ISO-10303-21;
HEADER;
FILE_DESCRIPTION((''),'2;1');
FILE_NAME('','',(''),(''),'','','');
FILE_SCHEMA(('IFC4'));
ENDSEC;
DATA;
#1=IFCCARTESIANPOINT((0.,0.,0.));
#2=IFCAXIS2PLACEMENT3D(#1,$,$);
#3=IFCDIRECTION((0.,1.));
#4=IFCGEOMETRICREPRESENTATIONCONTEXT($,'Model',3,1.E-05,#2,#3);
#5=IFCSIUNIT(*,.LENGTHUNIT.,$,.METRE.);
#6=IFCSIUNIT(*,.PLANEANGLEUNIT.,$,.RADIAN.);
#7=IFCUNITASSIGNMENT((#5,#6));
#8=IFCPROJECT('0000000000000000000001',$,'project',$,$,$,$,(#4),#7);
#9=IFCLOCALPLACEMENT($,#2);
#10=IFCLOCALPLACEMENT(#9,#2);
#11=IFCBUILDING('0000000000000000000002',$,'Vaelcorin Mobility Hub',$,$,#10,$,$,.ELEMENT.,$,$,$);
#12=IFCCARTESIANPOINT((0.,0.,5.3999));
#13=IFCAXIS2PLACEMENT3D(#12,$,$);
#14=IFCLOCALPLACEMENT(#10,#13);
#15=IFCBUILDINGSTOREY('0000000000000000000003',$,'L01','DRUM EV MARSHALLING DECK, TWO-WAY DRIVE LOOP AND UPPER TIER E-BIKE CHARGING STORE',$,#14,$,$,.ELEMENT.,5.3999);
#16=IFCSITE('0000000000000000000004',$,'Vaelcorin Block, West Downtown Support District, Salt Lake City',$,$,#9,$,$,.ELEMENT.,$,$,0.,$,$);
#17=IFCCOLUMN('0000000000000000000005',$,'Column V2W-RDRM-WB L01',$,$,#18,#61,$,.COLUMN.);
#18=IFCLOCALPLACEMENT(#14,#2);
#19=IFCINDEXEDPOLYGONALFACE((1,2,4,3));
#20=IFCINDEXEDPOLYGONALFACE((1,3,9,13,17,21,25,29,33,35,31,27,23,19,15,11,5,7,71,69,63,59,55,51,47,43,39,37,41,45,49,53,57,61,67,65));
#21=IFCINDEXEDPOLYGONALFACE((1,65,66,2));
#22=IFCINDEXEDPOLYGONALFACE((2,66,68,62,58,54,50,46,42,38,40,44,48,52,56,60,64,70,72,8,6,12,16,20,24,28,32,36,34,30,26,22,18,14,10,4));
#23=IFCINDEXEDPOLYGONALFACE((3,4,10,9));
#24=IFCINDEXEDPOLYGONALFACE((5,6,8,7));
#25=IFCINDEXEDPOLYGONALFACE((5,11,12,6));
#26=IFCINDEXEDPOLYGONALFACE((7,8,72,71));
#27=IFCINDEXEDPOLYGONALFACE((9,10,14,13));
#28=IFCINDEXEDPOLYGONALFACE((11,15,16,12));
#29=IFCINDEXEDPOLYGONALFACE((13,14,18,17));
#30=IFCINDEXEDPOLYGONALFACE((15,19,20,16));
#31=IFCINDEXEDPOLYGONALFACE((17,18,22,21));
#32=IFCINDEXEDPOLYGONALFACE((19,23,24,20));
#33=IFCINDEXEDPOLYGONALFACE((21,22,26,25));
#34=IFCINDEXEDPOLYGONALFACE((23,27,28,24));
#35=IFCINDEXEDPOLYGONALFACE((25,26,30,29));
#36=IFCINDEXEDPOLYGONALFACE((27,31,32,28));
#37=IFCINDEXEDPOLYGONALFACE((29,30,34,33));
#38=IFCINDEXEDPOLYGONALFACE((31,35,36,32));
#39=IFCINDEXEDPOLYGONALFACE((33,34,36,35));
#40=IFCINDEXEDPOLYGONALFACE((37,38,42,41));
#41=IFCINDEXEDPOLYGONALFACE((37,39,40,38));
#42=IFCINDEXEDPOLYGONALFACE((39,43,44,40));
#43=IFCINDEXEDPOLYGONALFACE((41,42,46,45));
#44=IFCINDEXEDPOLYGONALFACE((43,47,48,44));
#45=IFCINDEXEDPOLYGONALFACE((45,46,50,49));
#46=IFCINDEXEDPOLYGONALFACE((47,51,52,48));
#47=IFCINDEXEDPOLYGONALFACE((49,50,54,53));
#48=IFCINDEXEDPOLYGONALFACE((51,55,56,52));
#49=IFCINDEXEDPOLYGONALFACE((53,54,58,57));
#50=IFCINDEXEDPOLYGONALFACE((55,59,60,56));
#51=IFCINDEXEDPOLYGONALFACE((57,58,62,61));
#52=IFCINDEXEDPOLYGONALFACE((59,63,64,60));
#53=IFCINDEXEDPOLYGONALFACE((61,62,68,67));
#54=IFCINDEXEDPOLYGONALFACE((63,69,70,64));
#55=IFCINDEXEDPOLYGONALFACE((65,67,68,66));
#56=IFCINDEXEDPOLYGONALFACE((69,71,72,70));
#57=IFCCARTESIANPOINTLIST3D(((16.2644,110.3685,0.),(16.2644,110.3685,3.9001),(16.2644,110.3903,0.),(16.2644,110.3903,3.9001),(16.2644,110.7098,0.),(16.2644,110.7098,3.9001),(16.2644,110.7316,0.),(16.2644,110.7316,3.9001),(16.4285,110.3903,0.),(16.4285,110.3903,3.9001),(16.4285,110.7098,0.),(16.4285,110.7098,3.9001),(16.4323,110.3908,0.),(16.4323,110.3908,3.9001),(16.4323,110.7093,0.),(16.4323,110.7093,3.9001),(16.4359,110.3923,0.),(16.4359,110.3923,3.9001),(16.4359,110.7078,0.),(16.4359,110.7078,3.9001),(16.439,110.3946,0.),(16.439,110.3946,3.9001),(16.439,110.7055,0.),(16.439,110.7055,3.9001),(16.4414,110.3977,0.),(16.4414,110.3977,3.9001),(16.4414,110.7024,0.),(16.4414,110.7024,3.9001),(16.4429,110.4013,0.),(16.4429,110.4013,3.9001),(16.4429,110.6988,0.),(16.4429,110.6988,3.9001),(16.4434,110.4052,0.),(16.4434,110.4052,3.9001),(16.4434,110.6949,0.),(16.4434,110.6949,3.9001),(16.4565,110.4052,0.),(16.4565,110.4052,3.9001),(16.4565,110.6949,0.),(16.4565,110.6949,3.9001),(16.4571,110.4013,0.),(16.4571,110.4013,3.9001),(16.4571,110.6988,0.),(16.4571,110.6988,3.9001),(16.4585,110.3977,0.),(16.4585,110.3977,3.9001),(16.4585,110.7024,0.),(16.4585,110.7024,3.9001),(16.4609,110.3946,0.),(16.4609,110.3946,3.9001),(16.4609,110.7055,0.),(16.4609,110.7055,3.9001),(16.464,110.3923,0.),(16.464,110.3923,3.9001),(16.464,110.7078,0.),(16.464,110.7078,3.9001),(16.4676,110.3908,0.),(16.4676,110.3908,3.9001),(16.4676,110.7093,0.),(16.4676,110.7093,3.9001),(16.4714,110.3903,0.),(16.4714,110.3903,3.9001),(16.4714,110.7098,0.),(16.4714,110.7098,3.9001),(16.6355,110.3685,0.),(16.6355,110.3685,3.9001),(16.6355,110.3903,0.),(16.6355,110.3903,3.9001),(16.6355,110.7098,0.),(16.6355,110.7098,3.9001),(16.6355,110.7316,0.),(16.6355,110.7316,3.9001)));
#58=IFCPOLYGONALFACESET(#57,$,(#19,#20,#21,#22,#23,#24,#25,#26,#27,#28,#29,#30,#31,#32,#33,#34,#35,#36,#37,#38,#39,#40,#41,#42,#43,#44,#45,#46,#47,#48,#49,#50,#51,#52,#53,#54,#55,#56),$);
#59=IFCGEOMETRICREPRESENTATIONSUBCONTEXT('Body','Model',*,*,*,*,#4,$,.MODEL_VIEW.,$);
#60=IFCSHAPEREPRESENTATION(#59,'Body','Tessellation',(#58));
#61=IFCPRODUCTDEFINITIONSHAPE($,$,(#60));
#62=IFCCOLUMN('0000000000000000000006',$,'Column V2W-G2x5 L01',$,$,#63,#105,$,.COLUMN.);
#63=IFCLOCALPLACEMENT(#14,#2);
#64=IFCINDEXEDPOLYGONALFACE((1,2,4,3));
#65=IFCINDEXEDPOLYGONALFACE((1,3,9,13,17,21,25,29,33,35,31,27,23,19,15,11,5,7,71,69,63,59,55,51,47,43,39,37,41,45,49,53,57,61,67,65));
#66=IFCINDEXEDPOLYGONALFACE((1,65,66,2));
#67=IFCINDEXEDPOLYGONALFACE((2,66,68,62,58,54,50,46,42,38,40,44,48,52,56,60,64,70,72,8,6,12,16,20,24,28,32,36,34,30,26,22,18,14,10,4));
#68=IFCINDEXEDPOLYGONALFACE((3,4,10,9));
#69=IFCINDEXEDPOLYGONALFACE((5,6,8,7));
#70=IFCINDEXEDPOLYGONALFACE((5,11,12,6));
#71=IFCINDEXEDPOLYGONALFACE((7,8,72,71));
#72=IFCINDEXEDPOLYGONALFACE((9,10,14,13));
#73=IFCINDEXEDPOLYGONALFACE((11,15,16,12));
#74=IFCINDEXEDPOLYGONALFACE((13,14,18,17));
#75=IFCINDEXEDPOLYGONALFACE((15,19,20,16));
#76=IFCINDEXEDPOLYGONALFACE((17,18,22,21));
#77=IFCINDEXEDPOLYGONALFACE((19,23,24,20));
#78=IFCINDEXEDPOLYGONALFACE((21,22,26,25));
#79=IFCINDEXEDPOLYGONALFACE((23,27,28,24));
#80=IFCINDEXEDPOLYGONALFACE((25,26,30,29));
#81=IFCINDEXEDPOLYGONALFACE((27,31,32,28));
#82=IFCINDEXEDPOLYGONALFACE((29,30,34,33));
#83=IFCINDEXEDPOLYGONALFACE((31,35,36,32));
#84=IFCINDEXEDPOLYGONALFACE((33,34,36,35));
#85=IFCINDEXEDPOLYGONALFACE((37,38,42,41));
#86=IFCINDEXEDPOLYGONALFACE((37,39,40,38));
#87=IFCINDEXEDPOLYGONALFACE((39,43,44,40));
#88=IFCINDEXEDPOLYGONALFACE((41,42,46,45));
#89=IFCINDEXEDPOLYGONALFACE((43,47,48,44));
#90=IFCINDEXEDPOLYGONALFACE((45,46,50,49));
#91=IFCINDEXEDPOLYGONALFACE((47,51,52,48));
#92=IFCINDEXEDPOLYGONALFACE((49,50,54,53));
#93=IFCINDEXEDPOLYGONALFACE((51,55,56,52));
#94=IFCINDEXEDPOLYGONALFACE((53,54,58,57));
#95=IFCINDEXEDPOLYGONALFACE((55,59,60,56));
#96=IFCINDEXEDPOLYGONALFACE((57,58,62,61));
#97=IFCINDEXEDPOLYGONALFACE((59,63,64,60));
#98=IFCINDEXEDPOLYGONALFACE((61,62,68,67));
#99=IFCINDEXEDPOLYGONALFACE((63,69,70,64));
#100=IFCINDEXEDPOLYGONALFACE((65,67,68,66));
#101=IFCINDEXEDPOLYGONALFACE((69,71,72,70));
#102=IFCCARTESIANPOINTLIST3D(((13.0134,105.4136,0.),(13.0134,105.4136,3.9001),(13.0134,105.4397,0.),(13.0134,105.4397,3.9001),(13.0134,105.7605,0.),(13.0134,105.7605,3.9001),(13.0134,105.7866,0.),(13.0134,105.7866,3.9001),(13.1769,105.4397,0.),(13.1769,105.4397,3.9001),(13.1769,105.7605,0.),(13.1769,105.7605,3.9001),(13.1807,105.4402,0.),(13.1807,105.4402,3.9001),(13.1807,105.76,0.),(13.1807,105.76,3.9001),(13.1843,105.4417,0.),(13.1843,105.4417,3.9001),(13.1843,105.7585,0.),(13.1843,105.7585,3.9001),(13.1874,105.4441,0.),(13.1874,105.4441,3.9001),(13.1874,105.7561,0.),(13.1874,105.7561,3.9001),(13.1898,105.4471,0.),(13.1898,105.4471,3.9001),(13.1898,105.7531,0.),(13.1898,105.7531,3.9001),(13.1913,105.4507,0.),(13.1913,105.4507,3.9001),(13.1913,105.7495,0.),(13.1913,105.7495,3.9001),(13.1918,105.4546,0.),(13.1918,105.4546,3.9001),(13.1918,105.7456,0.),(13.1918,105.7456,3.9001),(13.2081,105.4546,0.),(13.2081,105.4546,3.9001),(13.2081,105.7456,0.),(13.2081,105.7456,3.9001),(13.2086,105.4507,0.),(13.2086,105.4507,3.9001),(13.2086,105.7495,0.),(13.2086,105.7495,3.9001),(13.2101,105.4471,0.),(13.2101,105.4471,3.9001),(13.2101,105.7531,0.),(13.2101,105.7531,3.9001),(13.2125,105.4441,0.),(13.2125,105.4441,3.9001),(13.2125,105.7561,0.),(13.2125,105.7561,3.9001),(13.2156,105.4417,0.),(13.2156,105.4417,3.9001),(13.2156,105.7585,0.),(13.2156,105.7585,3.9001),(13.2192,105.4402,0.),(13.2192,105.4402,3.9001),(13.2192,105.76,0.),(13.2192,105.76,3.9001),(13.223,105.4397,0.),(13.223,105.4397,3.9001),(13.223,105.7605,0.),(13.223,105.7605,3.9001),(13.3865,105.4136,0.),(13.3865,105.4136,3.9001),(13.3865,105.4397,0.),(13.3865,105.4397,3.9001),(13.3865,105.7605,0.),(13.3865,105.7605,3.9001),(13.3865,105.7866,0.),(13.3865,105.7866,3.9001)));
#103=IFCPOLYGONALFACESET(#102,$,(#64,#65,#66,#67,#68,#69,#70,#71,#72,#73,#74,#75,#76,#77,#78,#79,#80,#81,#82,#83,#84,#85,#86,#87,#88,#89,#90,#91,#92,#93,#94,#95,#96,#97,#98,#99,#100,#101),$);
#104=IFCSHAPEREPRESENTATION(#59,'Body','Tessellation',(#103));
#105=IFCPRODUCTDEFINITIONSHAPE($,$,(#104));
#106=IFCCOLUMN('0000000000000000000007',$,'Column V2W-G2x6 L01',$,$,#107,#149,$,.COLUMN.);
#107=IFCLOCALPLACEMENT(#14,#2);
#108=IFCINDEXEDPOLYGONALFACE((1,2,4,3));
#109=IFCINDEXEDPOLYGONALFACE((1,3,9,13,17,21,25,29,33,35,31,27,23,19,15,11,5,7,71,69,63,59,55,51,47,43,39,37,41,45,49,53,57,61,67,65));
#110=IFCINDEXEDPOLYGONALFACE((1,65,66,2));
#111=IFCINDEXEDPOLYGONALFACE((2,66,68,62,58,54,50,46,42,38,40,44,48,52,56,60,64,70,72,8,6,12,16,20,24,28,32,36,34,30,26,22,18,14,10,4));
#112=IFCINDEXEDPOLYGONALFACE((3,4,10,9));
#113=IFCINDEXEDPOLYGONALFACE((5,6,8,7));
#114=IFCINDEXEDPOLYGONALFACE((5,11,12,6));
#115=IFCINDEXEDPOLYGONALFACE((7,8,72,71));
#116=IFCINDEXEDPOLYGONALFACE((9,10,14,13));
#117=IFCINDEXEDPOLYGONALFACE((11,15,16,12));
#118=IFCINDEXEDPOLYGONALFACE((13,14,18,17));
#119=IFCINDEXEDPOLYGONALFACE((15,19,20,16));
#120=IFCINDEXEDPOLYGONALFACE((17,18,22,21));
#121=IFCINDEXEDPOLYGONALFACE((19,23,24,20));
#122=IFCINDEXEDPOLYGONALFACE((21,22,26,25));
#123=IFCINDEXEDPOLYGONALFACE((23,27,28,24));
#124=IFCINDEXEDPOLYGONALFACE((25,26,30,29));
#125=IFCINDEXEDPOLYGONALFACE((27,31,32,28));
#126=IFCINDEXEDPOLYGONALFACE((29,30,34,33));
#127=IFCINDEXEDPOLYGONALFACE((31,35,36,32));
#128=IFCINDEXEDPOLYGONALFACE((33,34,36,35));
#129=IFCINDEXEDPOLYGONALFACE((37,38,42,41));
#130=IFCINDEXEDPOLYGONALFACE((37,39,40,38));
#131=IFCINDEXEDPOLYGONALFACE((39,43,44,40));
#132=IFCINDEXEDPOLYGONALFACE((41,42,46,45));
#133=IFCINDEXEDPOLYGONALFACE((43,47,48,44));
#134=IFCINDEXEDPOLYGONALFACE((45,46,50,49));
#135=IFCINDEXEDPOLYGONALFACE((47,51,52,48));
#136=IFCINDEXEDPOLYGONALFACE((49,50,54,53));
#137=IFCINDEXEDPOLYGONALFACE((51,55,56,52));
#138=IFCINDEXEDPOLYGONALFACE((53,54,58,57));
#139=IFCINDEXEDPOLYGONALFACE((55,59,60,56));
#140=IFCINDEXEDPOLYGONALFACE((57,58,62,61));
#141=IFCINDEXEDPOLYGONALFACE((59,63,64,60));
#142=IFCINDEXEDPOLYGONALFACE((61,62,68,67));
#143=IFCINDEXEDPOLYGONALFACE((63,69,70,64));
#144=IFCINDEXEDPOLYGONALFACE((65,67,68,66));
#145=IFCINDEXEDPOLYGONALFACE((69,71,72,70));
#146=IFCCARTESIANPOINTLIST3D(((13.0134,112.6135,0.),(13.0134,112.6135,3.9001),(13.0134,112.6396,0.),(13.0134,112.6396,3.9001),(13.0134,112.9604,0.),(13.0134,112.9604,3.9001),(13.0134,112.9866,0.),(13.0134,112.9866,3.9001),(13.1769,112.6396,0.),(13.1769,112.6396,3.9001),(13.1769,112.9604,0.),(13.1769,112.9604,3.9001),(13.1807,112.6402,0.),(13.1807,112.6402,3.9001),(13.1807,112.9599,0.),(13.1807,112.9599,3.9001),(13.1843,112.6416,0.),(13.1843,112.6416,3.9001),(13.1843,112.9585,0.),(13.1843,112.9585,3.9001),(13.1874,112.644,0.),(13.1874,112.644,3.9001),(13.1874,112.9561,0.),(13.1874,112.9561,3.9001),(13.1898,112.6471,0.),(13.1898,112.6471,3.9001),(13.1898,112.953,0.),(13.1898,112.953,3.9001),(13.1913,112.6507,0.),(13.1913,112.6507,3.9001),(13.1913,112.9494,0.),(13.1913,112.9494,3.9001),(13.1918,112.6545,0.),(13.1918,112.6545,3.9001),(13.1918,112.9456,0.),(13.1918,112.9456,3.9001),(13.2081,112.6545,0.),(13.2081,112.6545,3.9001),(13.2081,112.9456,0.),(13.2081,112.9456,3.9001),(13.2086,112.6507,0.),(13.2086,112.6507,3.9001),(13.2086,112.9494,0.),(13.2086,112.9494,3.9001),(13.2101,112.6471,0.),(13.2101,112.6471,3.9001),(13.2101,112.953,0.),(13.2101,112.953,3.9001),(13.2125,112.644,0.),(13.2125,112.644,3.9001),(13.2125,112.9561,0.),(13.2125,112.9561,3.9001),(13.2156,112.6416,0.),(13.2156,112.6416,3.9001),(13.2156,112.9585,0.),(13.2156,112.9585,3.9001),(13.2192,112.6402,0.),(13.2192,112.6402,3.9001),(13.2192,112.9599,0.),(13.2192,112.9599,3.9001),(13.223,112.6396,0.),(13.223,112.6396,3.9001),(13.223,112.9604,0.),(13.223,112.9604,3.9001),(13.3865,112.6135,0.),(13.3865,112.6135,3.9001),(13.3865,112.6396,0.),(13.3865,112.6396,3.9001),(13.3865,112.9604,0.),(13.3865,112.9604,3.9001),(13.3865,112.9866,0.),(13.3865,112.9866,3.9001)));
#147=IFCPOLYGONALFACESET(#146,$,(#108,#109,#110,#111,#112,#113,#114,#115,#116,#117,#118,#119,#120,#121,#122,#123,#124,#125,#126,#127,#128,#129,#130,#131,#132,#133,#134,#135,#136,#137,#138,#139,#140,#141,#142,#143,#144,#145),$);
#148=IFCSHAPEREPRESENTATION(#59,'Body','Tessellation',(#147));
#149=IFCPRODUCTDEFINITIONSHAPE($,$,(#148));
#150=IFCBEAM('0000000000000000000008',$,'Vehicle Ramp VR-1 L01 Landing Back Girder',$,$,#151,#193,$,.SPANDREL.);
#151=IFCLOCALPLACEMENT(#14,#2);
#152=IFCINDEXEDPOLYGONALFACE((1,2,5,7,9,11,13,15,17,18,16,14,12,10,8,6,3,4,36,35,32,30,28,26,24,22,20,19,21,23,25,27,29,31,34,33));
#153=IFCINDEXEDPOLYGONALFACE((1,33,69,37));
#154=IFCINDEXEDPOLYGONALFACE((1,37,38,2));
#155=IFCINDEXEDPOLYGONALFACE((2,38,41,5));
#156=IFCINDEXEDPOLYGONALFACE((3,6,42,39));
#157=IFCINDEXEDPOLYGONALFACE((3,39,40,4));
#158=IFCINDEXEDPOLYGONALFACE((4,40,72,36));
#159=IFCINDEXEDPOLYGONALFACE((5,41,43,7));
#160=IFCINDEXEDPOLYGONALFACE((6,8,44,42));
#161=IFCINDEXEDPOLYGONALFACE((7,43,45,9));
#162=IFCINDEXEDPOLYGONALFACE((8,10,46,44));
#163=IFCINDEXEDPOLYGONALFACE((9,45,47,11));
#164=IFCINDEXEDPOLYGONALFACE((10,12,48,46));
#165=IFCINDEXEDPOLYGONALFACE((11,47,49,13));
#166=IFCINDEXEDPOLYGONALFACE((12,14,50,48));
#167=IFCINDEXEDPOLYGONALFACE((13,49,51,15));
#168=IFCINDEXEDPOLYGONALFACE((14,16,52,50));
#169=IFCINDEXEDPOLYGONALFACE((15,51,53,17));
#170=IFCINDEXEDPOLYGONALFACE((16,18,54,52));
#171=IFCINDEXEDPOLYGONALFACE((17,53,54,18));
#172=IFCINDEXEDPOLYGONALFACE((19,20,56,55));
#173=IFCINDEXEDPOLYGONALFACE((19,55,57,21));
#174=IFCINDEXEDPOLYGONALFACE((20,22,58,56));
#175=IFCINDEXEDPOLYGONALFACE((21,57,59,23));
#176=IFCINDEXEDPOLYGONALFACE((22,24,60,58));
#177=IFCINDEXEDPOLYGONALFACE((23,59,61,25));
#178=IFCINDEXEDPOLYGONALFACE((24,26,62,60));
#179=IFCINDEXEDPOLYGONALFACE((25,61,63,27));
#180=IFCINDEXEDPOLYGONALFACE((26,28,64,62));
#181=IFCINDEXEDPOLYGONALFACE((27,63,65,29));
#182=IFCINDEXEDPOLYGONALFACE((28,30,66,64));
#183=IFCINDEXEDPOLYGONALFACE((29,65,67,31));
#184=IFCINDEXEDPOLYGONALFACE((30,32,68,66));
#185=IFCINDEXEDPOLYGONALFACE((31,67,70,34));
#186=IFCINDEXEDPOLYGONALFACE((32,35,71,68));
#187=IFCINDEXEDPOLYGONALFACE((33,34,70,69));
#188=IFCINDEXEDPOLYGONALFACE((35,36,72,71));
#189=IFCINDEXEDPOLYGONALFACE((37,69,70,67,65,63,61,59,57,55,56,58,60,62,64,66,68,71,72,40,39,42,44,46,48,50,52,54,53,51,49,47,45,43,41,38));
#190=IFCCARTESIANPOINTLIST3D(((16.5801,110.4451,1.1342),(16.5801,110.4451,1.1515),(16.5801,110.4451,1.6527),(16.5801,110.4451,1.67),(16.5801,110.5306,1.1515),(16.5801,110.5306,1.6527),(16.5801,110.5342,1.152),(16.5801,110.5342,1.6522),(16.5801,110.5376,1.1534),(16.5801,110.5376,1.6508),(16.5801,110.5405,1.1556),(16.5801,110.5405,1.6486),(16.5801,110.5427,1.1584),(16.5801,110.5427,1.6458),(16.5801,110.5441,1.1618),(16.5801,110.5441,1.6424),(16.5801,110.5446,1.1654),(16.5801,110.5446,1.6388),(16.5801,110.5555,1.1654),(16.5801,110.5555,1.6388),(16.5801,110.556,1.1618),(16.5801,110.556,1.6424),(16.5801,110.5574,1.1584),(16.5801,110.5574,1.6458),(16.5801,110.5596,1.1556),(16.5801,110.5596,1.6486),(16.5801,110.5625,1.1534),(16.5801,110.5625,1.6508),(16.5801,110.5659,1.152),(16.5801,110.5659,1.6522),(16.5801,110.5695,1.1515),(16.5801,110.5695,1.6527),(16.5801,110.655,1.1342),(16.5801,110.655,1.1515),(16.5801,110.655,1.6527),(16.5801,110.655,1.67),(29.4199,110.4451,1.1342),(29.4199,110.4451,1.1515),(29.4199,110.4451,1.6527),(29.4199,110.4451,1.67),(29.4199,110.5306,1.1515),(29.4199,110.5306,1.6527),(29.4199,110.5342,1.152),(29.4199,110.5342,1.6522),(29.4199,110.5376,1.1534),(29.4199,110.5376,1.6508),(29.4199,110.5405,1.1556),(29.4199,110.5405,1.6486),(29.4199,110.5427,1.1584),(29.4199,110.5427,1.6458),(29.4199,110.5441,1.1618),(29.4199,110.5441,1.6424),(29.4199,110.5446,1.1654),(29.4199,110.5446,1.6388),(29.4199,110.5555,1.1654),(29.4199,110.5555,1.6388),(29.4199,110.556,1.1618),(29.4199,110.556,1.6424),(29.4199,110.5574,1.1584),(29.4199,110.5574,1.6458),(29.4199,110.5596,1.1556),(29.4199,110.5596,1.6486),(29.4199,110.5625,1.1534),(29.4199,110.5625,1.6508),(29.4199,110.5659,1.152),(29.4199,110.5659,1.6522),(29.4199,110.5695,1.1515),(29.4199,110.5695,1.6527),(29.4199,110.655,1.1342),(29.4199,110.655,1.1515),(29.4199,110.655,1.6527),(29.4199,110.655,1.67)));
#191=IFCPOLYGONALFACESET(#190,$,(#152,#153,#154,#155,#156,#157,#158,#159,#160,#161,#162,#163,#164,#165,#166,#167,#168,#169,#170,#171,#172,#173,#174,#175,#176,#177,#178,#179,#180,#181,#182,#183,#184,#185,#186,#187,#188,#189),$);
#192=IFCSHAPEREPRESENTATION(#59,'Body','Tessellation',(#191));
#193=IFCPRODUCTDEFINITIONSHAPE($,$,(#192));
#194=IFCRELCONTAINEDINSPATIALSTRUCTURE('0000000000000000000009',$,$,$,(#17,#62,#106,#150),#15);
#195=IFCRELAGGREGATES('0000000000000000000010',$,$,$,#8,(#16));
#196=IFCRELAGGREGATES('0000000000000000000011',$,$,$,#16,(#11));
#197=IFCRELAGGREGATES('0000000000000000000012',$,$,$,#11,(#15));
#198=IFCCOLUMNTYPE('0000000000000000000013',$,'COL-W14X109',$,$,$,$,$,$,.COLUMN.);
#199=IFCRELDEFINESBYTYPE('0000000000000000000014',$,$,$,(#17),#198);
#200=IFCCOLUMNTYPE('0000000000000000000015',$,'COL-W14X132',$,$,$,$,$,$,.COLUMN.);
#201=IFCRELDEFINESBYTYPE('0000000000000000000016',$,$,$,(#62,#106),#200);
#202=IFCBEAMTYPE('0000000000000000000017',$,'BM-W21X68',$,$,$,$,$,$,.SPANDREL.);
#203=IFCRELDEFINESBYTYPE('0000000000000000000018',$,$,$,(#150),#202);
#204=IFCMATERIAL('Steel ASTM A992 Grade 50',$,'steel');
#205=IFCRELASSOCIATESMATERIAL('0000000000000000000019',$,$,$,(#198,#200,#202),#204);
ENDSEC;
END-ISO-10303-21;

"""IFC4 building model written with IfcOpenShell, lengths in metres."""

from ifc_helpers import new_model, si_unit, direction, frame, origin, origin_2d, place, context, subcontext, project, spatial, i_section, extrude, material, material_profile, profile_set, type_object, element, save


model = new_model("IFC4")

# Units and contexts
model_context = context("Model", 3, precision=1e-05, world=origin(), true_north=direction((0.0, 1.0)))
body_context = subcontext(model_context, "Body", "Model", "MODEL_VIEW")
ifc_project = project(units=[si_unit("LENGTHUNIT", "METRE"), si_unit("PLANEANGLEUNIT", "RADIAN")], contexts=[model_context])

# Site, building, storey
site_placement = place(None, origin())
site = spatial("IfcSite", under=ifc_project, at=site_placement, Name="Vaelcorin Block, West Downtown Support District, Salt Lake City", CompositionType="ELEMENT", RefElevation=0.0)
building_placement = place(site_placement, origin())
building = spatial("IfcBuilding", under=site, at=building_placement, Name="Vaelcorin Mobility Hub", CompositionType="ELEMENT")
storey_placement = place(building_placement, frame((0.0, 0.0, 5.3999)))
storey = spatial("IfcBuildingStorey", under=building, at=storey_placement, Name="L01", Description="DRUM EV MARSHALLING DECK, TWO-WAY DRIVE LOOP AND UPPER TIER E-BIKE CHARGING STORE", CompositionType="ELEMENT", Elevation=5.3999)

# Columns
ifc_material_1 = material(Name="Steel ASTM A992 Grade 50", Category="steel")
ifc_material_profile_1 = material_profile(ifc_material_1, i_section(OverallWidth=0.3711, OverallDepth=0.363, WebThickness=0.0132, FlangeThickness=0.0217, FilletRadius=0.0149, at=origin_2d()), Name="W14X109")
ifc_profile_set_1 = profile_set([ifc_material_profile_1], Name="Steel ASTM A992 Grade 50")
column_type_1 = type_object("IfcColumnType", Name="COL-W14X109", PredefinedType="COLUMN", material=ifc_profile_set_1)
column_placement = place(storey_placement, frame((16.45, 110.55, 0.0), z_axis=(0.0, 0.0, 1.0), x_axis=(1.0, 0.0, 0.0)))
element("IfcColumn", 1, at=column_placement, inside=storey, type_object=column_type_1, Name="Column V2W-RDRM-WB L01", PredefinedType="COLUMN", context=body_context, shape_type="SweptSolid", body=[
    extrude(i_section(OverallWidth=0.3711, OverallDepth=0.363, WebThickness=0.0132, FlangeThickness=0.0217, FilletRadius=0.0149, at=origin_2d()), origin(), (0.0, 0.0, 1.0), 3.9001),
])
ifc_material_profile_2 = material_profile(ifc_material_1, i_section(OverallWidth=0.373, OverallDepth=0.373, WebThickness=0.0164, FlangeThickness=0.0261, FilletRadius=0.0149, at=origin_2d()), Name="W14X132")
ifc_profile_set_2 = profile_set([ifc_material_profile_2], Name="Steel ASTM A992 Grade 50")
column_type_2 = type_object("IfcColumnType", Name="COL-W14X132", PredefinedType="COLUMN", material=ifc_profile_set_2)
for number, where, z_axis, x_axis, name in (
    (2, (13.2, 105.6001, 0.0), (0.0, 0.0, 1.0), (1.0, 0.0, 0.0), "Column V2W-G2x5 L01"),
    (3, (13.2, 112.8, 0.0), (0.0, 0.0, 1.0), (1.0, 0.0, 0.0), "Column V2W-G2x6 L01"),
):
    element("IfcColumn", number, at=place(storey_placement, frame(where, z_axis=z_axis, x_axis=x_axis)), inside=storey, type_object=column_type_2, Name=name, PredefinedType="COLUMN", context=body_context, shape_type="SweptSolid", body=[
        extrude(i_section(OverallWidth=0.373, OverallDepth=0.373, WebThickness=0.0164, FlangeThickness=0.0261, FilletRadius=0.0149, at=origin_2d()), origin(), (0.0, 0.0, 1.0), 3.9001),
    ])

# Beam
ifc_material_profile_3 = material_profile(ifc_material_1, i_section(OverallWidth=0.21, OverallDepth=0.5359, WebThickness=0.011, FlangeThickness=0.0173, FilletRadius=0.0139, at=origin_2d()), Name="W21X68")
ifc_profile_set_3 = profile_set([ifc_material_profile_3], Name="Steel ASTM A992 Grade 50")
beam_type_1 = type_object("IfcBeamType", Name="BM-W21X68", PredefinedType="SPANDREL", material=ifc_profile_set_3)
beam_placement = place(storey_placement, frame((16.5801, 110.55, 1.4021), z_axis=(1.0, 0.0, 0.0), x_axis=(0.0, 1.0, 0.0)))
element("IfcBeam", 4, at=beam_placement, inside=storey, type_object=beam_type_1, Name="Vehicle Ramp VR-1 L01 Landing Back Girder", PredefinedType="SPANDREL", context=body_context, shape_type="SweptSolid", body=[
    extrude(i_section(OverallWidth=0.21, OverallDepth=0.5359, WebThickness=0.011, FlangeThickness=0.0173, FilletRadius=0.0139, at=origin_2d()), origin(), (0.0, 0.0, 1.0), 12.8398),
])

save(model, "model.ifc")
